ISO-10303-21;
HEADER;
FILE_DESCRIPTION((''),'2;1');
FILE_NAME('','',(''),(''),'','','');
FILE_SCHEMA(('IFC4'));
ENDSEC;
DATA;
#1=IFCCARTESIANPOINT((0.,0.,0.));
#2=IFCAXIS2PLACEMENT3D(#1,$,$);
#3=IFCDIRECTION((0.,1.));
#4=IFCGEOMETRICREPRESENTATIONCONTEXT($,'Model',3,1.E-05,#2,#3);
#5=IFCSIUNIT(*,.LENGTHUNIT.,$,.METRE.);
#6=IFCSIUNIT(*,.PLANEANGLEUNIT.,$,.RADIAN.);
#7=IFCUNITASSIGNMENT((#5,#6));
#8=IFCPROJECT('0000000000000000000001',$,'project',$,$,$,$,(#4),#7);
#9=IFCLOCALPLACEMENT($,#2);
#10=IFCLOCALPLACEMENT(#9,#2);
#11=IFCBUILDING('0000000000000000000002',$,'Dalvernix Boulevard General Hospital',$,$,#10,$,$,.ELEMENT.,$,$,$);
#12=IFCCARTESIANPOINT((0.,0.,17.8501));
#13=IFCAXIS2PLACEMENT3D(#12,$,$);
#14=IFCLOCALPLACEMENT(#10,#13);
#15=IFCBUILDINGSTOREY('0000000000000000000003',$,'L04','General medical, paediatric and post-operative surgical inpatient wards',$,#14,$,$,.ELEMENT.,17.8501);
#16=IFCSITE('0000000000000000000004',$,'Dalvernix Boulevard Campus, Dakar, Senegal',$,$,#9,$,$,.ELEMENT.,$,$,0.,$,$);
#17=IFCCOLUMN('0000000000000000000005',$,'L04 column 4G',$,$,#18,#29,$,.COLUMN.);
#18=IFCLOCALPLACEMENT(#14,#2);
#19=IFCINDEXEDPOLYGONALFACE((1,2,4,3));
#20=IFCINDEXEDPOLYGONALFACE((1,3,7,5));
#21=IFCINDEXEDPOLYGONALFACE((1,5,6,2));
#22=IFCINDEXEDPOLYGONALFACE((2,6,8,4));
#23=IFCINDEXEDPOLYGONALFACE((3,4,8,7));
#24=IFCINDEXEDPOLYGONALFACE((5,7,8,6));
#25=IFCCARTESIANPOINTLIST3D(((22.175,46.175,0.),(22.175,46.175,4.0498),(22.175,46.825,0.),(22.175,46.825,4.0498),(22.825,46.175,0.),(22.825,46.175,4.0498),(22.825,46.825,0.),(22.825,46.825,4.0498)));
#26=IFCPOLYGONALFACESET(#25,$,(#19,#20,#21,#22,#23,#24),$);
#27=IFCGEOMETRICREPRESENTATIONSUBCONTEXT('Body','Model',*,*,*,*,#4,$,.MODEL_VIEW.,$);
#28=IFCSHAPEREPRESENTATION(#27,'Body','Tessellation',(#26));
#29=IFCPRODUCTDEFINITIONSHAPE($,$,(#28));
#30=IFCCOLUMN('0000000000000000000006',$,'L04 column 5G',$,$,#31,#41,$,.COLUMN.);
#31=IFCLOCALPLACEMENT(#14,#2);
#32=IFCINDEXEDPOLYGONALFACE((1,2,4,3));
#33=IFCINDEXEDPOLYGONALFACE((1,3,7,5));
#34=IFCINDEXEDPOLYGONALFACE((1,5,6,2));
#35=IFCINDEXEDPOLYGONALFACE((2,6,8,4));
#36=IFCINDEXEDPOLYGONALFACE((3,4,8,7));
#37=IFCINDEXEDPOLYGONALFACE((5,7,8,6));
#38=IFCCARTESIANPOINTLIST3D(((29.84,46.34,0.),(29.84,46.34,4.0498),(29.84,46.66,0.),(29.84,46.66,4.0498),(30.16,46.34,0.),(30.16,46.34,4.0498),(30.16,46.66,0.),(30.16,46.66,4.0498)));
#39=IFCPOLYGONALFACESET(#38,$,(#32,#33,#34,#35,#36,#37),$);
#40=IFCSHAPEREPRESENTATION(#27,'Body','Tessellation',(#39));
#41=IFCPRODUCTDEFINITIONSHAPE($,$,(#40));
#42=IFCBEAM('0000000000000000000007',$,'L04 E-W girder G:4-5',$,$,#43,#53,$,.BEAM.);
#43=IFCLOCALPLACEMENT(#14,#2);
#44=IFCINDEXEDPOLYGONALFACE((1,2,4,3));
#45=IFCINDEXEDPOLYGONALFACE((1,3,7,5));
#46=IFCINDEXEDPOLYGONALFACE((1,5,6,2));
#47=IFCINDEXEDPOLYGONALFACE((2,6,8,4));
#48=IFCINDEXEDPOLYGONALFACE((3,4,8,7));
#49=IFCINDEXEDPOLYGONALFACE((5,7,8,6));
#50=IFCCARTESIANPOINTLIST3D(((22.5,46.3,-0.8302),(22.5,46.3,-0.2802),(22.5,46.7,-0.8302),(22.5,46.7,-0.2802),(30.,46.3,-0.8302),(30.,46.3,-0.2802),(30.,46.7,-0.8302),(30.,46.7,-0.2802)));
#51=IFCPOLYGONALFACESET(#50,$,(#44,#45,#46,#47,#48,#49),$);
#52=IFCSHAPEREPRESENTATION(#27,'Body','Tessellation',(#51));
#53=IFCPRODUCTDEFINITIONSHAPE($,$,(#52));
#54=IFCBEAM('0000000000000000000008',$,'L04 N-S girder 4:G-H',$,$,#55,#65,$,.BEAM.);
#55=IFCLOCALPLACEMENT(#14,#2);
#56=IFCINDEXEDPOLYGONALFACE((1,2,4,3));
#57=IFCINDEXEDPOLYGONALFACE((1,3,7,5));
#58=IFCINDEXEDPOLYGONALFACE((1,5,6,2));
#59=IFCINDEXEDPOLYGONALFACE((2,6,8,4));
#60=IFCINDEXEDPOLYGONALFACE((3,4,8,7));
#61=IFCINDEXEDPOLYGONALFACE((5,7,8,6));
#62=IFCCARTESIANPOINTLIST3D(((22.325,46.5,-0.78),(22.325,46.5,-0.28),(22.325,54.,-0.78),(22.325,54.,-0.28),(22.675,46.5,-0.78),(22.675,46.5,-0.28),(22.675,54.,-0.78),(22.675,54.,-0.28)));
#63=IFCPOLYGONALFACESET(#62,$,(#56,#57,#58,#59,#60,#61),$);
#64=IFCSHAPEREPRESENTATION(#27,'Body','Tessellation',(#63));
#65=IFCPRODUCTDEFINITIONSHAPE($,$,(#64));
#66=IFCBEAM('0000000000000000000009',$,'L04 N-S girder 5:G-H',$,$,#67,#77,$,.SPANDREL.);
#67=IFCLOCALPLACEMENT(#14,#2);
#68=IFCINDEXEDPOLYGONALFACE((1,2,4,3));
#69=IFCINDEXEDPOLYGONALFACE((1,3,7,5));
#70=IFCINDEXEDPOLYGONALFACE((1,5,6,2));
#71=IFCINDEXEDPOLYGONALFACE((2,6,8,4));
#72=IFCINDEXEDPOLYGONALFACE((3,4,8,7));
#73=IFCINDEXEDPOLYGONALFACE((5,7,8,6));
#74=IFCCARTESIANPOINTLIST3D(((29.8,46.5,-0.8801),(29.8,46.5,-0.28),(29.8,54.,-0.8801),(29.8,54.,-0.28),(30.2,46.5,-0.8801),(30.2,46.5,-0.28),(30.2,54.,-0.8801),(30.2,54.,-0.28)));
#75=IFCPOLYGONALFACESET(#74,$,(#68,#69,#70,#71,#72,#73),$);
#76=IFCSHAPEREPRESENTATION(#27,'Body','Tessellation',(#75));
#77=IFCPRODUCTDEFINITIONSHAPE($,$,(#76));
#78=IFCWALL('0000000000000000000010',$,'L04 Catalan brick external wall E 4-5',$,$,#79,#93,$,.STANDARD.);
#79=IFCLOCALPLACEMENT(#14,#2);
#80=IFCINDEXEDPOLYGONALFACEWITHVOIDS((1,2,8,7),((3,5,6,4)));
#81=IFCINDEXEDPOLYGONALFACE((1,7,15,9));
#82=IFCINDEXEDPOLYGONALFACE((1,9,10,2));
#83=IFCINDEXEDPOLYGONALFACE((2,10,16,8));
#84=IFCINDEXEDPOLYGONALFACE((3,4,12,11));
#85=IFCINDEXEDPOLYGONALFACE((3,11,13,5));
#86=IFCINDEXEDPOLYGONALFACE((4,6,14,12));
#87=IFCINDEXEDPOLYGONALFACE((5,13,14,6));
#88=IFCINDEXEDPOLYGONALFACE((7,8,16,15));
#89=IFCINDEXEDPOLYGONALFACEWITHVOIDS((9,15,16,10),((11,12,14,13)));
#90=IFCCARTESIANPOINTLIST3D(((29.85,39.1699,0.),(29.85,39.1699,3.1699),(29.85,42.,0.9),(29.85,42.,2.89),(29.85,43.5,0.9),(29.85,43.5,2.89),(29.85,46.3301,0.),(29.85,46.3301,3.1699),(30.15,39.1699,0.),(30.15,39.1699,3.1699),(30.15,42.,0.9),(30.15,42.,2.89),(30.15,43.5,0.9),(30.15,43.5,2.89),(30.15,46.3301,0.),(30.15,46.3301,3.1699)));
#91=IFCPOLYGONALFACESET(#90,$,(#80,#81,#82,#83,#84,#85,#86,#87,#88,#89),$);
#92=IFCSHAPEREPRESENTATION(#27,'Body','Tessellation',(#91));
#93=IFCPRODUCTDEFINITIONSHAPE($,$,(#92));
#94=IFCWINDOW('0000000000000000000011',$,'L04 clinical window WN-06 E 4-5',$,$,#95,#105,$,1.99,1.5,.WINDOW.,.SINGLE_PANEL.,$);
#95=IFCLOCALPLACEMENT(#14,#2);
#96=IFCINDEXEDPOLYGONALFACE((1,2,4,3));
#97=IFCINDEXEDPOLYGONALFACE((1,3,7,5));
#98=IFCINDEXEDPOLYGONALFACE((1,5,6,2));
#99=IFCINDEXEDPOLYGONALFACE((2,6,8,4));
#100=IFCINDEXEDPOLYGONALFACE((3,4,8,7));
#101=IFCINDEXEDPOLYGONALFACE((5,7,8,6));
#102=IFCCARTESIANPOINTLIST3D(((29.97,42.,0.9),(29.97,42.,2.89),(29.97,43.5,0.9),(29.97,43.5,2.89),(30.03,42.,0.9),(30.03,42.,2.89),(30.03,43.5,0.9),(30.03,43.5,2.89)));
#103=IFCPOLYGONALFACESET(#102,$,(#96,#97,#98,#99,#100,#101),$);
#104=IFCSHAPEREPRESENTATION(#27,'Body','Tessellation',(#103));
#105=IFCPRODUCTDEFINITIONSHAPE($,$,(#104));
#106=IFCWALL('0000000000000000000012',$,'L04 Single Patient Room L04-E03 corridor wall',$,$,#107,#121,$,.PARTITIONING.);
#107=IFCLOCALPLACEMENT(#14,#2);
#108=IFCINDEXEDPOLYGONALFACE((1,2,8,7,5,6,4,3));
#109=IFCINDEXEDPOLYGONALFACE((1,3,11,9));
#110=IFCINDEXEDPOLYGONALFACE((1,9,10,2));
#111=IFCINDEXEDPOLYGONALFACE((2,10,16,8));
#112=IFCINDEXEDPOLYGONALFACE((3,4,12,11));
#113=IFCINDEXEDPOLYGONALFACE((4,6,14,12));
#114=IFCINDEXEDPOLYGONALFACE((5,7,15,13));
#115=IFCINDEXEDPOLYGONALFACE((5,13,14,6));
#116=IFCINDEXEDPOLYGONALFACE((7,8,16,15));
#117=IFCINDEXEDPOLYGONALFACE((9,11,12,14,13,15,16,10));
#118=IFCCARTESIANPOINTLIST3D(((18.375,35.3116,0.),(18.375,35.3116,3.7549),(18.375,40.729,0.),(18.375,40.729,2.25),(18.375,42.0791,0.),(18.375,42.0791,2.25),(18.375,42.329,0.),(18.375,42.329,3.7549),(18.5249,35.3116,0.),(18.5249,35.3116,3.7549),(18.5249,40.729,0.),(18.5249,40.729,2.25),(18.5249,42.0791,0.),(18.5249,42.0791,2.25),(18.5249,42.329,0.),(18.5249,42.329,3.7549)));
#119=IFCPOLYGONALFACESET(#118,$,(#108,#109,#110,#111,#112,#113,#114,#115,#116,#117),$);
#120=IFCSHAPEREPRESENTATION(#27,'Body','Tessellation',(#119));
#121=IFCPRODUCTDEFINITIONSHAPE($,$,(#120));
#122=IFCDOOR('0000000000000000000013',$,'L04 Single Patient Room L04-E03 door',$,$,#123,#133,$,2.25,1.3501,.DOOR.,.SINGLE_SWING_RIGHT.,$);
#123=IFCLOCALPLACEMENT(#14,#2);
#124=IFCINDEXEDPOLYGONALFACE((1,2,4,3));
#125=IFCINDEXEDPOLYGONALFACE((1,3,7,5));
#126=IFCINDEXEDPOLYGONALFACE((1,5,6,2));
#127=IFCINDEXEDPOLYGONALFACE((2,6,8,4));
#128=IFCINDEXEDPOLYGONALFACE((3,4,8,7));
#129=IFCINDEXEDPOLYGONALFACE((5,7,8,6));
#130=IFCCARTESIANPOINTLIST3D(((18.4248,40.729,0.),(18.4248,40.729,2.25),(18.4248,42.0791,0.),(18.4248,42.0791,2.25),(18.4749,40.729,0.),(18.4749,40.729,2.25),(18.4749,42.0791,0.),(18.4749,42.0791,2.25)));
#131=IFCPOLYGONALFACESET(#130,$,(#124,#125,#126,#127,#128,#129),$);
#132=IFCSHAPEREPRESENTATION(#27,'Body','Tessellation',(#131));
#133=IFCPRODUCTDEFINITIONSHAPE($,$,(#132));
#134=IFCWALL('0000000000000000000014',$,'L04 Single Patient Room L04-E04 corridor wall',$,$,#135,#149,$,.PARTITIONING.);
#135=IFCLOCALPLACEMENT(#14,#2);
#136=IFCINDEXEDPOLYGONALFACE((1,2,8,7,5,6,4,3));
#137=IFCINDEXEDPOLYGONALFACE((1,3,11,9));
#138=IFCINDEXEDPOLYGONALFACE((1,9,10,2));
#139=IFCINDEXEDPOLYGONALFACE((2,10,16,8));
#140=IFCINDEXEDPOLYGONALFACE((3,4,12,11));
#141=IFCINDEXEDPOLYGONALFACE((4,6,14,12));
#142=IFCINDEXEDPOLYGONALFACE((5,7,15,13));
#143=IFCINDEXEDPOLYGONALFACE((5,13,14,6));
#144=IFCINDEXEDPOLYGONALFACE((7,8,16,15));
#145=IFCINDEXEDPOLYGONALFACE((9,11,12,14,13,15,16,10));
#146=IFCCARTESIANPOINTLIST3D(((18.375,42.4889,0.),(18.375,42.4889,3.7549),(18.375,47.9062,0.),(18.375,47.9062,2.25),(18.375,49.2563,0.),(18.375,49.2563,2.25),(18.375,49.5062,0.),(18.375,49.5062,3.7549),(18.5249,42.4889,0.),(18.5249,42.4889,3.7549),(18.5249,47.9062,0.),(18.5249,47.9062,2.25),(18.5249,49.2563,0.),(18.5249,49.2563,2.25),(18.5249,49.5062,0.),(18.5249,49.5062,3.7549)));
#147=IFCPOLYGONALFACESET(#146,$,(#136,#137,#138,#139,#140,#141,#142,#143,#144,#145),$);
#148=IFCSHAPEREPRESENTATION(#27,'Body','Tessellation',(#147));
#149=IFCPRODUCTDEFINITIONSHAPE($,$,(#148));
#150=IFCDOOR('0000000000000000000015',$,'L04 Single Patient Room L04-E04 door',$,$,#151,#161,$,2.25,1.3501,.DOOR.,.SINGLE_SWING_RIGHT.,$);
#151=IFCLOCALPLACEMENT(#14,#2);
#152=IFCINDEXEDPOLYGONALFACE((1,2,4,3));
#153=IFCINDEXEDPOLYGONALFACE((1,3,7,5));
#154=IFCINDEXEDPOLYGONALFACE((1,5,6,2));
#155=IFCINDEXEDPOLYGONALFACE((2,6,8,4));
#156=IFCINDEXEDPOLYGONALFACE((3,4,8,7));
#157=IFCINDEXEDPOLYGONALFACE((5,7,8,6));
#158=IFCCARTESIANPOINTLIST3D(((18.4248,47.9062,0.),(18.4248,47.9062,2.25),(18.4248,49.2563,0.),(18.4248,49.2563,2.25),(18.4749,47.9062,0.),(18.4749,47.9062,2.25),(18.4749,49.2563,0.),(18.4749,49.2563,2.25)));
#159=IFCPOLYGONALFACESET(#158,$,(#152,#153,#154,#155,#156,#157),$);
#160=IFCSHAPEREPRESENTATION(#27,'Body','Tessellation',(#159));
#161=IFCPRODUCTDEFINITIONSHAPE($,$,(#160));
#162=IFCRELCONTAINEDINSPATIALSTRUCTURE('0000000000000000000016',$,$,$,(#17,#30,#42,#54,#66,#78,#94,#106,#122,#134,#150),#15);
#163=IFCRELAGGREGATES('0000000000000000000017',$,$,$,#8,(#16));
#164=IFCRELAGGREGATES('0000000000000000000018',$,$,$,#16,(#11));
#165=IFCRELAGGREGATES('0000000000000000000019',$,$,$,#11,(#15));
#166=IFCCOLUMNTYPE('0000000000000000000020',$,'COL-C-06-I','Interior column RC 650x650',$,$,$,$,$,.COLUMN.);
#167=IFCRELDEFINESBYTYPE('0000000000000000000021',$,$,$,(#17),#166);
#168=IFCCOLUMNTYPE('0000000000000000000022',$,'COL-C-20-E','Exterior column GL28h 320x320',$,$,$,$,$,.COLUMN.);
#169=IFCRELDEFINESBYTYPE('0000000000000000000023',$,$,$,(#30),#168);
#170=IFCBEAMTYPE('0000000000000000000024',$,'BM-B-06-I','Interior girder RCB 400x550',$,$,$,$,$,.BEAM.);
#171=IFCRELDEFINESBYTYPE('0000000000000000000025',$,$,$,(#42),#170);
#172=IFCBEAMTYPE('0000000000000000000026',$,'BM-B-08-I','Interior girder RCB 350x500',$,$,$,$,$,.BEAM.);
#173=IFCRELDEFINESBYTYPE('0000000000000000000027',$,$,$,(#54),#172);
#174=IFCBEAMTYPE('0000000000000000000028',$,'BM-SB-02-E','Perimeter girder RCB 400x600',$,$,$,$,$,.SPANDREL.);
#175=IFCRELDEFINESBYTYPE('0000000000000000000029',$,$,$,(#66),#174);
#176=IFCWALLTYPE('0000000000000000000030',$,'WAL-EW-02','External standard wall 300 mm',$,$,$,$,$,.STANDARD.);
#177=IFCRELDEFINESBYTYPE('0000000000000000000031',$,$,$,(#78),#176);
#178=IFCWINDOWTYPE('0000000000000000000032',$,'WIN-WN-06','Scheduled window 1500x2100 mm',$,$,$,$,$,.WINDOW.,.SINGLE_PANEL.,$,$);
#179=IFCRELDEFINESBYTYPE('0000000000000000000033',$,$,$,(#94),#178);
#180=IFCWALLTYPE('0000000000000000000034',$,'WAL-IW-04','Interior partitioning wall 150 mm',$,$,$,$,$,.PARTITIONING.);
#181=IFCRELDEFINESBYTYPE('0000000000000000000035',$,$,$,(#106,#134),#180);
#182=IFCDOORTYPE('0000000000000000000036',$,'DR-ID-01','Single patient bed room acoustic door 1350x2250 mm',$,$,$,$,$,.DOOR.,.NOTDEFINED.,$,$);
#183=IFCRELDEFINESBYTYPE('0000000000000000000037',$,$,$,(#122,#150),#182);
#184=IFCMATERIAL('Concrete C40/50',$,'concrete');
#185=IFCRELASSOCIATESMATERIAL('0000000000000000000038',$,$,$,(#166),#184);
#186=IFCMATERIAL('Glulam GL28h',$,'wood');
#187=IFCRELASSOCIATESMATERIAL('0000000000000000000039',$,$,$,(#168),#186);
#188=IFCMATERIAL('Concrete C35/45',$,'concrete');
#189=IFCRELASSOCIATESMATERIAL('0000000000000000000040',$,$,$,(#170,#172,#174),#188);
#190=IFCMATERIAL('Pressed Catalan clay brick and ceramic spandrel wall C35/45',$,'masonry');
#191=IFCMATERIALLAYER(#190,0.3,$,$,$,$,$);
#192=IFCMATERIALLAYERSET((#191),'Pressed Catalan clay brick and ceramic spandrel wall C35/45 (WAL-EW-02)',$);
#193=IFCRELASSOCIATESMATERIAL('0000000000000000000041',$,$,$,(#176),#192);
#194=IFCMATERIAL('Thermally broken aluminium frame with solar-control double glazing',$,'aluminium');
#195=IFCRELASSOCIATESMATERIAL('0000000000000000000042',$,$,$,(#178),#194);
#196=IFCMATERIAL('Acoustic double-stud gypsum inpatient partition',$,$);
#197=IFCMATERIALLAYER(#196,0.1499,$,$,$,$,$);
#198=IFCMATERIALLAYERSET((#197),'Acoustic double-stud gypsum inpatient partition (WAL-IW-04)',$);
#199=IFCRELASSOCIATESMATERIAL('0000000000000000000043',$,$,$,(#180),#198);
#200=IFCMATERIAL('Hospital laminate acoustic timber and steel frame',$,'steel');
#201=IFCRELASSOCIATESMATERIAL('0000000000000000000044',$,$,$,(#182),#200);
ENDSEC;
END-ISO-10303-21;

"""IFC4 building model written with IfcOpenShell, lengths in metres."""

from ifc_helpers import new_model, si_unit, direction, frame, frame_2d, origin, origin_2d, place, context, subcontext, project, spatial, rectangle, extrude, material, layer, layer_set, material_profile, profile_set, type_object, element, fill, save


model = new_model("IFC4")

# Units and contexts
model_context = context("Model", 3, precision=1e-05, world=origin(), true_north=direction((0.0, 1.0)))
body_context = subcontext(model_context, "Body", "Model", "MODEL_VIEW")
ifc_project = project(units=[si_unit("LENGTHUNIT", "METRE"), si_unit("PLANEANGLEUNIT", "RADIAN")], contexts=[model_context])

# Site, building, storey
site_placement = place(None, origin())
site = spatial("IfcSite", under=ifc_project, at=site_placement, Name="Dalvernix Boulevard Campus, Dakar, Senegal", CompositionType="ELEMENT", RefElevation=0.0)
building_placement = place(site_placement, origin())
building = spatial("IfcBuilding", under=site, at=building_placement, Name="Dalvernix Boulevard General Hospital", CompositionType="ELEMENT")
storey_placement = place(building_placement, frame((0.0, 0.0, 17.8501)))
storey = spatial("IfcBuildingStorey", under=building, at=storey_placement, Name="L04", Description="General medical, paediatric and post-operative surgical inpatient wards", CompositionType="ELEMENT", Elevation=17.8501)

# Columns
ifc_material_1 = material(Name="Concrete C40/50", Category="concrete")
ifc_material_profile_1 = material_profile(ifc_material_1, rectangle(XDim=0.6499, YDim=0.6499, at=origin_2d()), Name="RC 650x650")
ifc_profile_set_1 = profile_set([ifc_material_profile_1], Name="Concrete C40/50")
column_type_1 = type_object("IfcColumnType", Name="COL-C-06-I", Description="Interior column RC 650x650", PredefinedType="COLUMN", material=ifc_profile_set_1)
column_1_placement = place(storey_placement, frame((22.5, 46.5, 0.0), z_axis=(0.0, 0.0, 1.0), x_axis=(1.0, 0.0, 0.0)))
element("IfcColumn", 1, at=column_1_placement, inside=storey, type_object=column_type_1, Name="L04 column 4G", PredefinedType="COLUMN", context=body_context, shape_type="SweptSolid", body=[
    extrude(rectangle(XDim=0.6499, YDim=0.6499, at=origin_2d()), origin(), (0.0, 0.0, 1.0), 4.0498),
])
ifc_material_2 = material(Name="Glulam GL28h", Category="wood")
ifc_material_profile_2 = material_profile(ifc_material_2, rectangle(XDim=0.3201, YDim=0.3201, at=origin_2d()), Name="GL28h 320x320")
ifc_profile_set_2 = profile_set([ifc_material_profile_2], Name="Glulam GL28h")
column_type_2 = type_object("IfcColumnType", Name="COL-C-20-E", Description="Exterior column GL28h 320x320", PredefinedType="COLUMN", material=ifc_profile_set_2)
column_2_placement = place(storey_placement, frame((30.0, 46.5, 0.0), z_axis=(0.0, 0.0, 1.0), x_axis=(1.0, 0.0, 0.0)))
element("IfcColumn", 2, at=column_2_placement, inside=storey, type_object=column_type_2, Name="L04 column 5G", PredefinedType="COLUMN", context=body_context, shape_type="SweptSolid", body=[
    extrude(rectangle(XDim=0.3201, YDim=0.3201, at=origin_2d()), origin(), (0.0, 0.0, 1.0), 4.0498),
])

# Beams
ifc_material_3 = material(Name="Concrete C35/45", Category="concrete")
ifc_material_profile_3 = material_profile(ifc_material_3, rectangle(XDim=0.3999, YDim=0.55, at=origin_2d()), Name="RCB 400x550")
ifc_profile_set_3 = profile_set([ifc_material_profile_3], Name="Concrete C35/45")
beam_type_1 = type_object("IfcBeamType", Name="BM-B-06-I", Description="Interior girder RCB 400x550", PredefinedType="BEAM", material=ifc_profile_set_3)
beam_1_placement = place(storey_placement, frame((22.5, 46.5, -0.5552), z_axis=(1.0, 0.0, 0.0), x_axis=(0.0, 1.0, 0.0)))
element("IfcBeam", 3, at=beam_1_placement, inside=storey, type_object=beam_type_1, Name="L04 E-W girder G:4-5", PredefinedType="BEAM", context=body_context, shape_type="SweptSolid", body=[
    extrude(rectangle(XDim=0.3999, YDim=0.55, at=origin_2d()), origin(), (0.0, 0.0, 1.0), 7.5),
])
ifc_material_profile_4 = material_profile(ifc_material_3, rectangle(XDim=0.3501, YDim=0.5, at=origin_2d()), Name="RCB 350x500")
ifc_profile_set_4 = profile_set([ifc_material_profile_4], Name="Concrete C35/45")
beam_type_2 = type_object("IfcBeamType", Name="BM-B-08-I", Description="Interior girder RCB 350x500", PredefinedType="BEAM", material=ifc_profile_set_4)
beam_2_placement = place(storey_placement, frame((22.5, 46.5, -0.53), z_axis=(0.0, 1.0, 0.0), x_axis=(-1.0, 0.0, 0.0)))
element("IfcBeam", 4, at=beam_2_placement, inside=storey, type_object=beam_type_2, Name="L04 N-S girder 4:G-H", PredefinedType="BEAM", context=body_context, shape_type="SweptSolid", body=[
    extrude(rectangle(XDim=0.3501, YDim=0.5, at=origin_2d()), origin(), (0.0, 0.0, 1.0), 7.5),
])
ifc_material_profile_5 = material_profile(ifc_material_3, rectangle(XDim=0.3999, YDim=0.6001, at=origin_2d()), Name="RCB 400x600")
ifc_profile_set_5 = profile_set([ifc_material_profile_5], Name="Concrete C35/45")
beam_type_3 = type_object("IfcBeamType", Name="BM-SB-02-E", Description="Perimeter girder RCB 400x600", PredefinedType="SPANDREL", material=ifc_profile_set_5)
beam_3_placement = place(storey_placement, frame((30.0, 46.5, -0.5801), z_axis=(0.0, 1.0, 0.0), x_axis=(-1.0, 0.0, 0.0)))
element("IfcBeam", 5, at=beam_3_placement, inside=storey, type_object=beam_type_3, Name="L04 N-S girder 5:G-H", PredefinedType="SPANDREL", context=body_context, shape_type="SweptSolid", body=[
    extrude(rectangle(XDim=0.3999, YDim=0.6001, at=origin_2d()), origin(), (0.0, 0.0, 1.0), 7.5),
])

# Wall, opening, window
ifc_material_4 = material(Name="Pressed Catalan clay brick and ceramic spandrel wall C35/45", Category="masonry")
ifc_layer_1 = layer(ifc_material_4, 0.3)
ifc_layer_set_1 = layer_set([ifc_layer_1], Name="Pressed Catalan clay brick and ceramic spandrel wall C35/45 (WAL-EW-02)")
wall_type_1 = type_object("IfcWallType", Name="WAL-EW-02", Description="External standard wall 300 mm", PredefinedType="STANDARD", material=ifc_layer_set_1)
wall_1_placement = place(storey_placement, frame((30.0, 46.3301, 0.0), z_axis=(0.0, 0.0, 1.0), x_axis=(0.0, -1.0, 0.0)))
wall_1 = element("IfcWall", 6, at=wall_1_placement, inside=storey, type_object=wall_type_1, Name="L04 Catalan brick external wall E 4-5", PredefinedType="STANDARD", context=body_context, shape_type="SweptSolid", body=[
    extrude(rectangle(XDim=7.1602, YDim=0.3, at=frame_2d((3.5801, 0.0))), origin(), (0.0, 0.0, 1.0), 3.1699),
])
opening_1_placement = place(wall_1_placement, frame((2.8301, 0.0, 0.8999)))
opening_1 = element("IfcOpeningElement", 7, at=opening_1_placement, cuts=wall_1, PredefinedType="OPENING", context=body_context, shape_type="SweptSolid", body=[
    extrude(rectangle(XDim=1.5, YDim=1.99, at=frame_2d((0.75, 0.9951))), frame((0.0, 0.1599, 0.0), z_axis=(0.0, -1.0, 0.0), x_axis=(1.0, 0.0, 0.0)), (0.0, 0.0, 1.0), 0.3201),
])
ifc_material_5 = material(Name="Thermally broken aluminium frame with solar-control double glazing", Category="aluminium")
window_type = type_object("IfcWindowType", Name="WIN-WN-06", Description="Scheduled window 1500x2100 mm", PartitioningType="SINGLE_PANEL", PredefinedType="WINDOW", material=ifc_material_5)
window_placement = place(opening_1_placement, origin())
window = element("IfcWindow", 8, at=window_placement, inside=storey, type_object=window_type, Name="L04 clinical window WN-06 E 4-5", OverallHeight=1.99, OverallWidth=1.5, PartitioningType="SINGLE_PANEL", PredefinedType="WINDOW", context=body_context, shape_type="SweptSolid", body=[
    extrude(rectangle(XDim=1.5, YDim=1.99, at=frame_2d((0.75, 0.9951))), frame((0.0, 0.03, 0.0), z_axis=(0.0, -1.0, 0.0), x_axis=(1.0, 0.0, 0.0)), (0.0, 0.0, 1.0), 0.0601),
])
fill(opening_1, window)

# Walls, openings, doors
ifc_material_6 = material(Name="Acoustic double-stud gypsum inpatient partition")
ifc_layer_2 = layer(ifc_material_6, 0.1499)
ifc_layer_set_2 = layer_set([ifc_layer_2], Name="Acoustic double-stud gypsum inpatient partition (WAL-IW-04)")
wall_type_2 = type_object("IfcWallType", Name="WAL-IW-04", Description="Interior partitioning wall 150 mm", PredefinedType="PARTITIONING", material=ifc_layer_set_2)
wall_2_placement = place(storey_placement, frame((18.45, 42.3291, 0.0), z_axis=(0.0, 0.0, 1.0), x_axis=(0.0, -1.0, 0.0)))
wall_2 = element("IfcWall", 9, at=wall_2_placement, inside=storey, type_object=wall_type_2, Name="L04 Single Patient Room L04-E03 corridor wall", PredefinedType="PARTITIONING", context=body_context, shape_type="SweptSolid", body=[
    extrude(rectangle(XDim=7.0173, YDim=0.1499, at=frame_2d((3.5088, 0.0))), origin(), (0.0, 0.0, 1.0), 3.7549),
])
opening_2_placement = place(wall_2_placement, frame((0.25, 0.0, 0.0)))
opening_2 = element("IfcOpeningElement", 10, at=opening_2_placement, cuts=wall_2, PredefinedType="OPENING", context=body_context, shape_type="SweptSolid", body=[
    extrude(rectangle(XDim=1.3501, YDim=2.25, at=frame_2d((0.675, 1.125))), frame((0.0, 0.085, 0.0), z_axis=(0.0, -1.0, 0.0), x_axis=(1.0, 0.0, 0.0)), (0.0, 0.0, 1.0), 0.1699),
])
ifc_material_7 = material(Name="Hospital laminate acoustic timber and steel frame", Category="steel")
door_type_1 = type_object("IfcDoorType", Name="DR-ID-01", Description="Single patient bed room acoustic door 1350x2250 mm", OperationType="NOTDEFINED", PredefinedType="DOOR", material=ifc_material_7)
door_1_placement = place(opening_2_placement, origin())
door_1 = element("IfcDoor", 11, at=door_1_placement, inside=storey, type_object=door_type_1, Name="L04 Single Patient Room L04-E03 door", OperationType="SINGLE_SWING_RIGHT", OverallHeight=2.25, OverallWidth=1.3501, PredefinedType="DOOR", context=body_context, shape_type="SweptSolid", body=[
    extrude(rectangle(XDim=1.3501, YDim=2.25, at=frame_2d((0.675, 1.125))), frame((0.0, 0.0249, 0.0), z_axis=(0.0, -1.0, 0.0), x_axis=(1.0, 0.0, 0.0)), (0.0, 0.0, 1.0), 0.05),
])
fill(opening_2, door_1)
wall_3_placement = place(storey_placement, frame((18.45, 49.5063, 0.0), z_axis=(0.0, 0.0, 1.0), x_axis=(0.0, -1.0, 0.0)))
wall_3 = element("IfcWall", 12, at=wall_3_placement, inside=storey, type_object=wall_type_2, Name="L04 Single Patient Room L04-E04 corridor wall", PredefinedType="PARTITIONING", context=body_context, shape_type="SweptSolid", body=[
    extrude(rectangle(XDim=7.0173, YDim=0.1499, at=frame_2d((3.5088, 0.0))), origin(), (0.0, 0.0, 1.0), 3.7549),
])
opening_3_placement = place(wall_3_placement, frame((0.25, 0.0, 0.0)))
opening_3 = element("IfcOpeningElement", 13, at=opening_3_placement, cuts=wall_3, PredefinedType="OPENING", context=body_context, shape_type="SweptSolid", body=[
    extrude(rectangle(XDim=1.3501, YDim=2.25, at=frame_2d((0.675, 1.125))), frame((0.0, 0.085, 0.0), z_axis=(0.0, -1.0, 0.0), x_axis=(1.0, 0.0, 0.0)), (0.0, 0.0, 1.0), 0.1699),
])
door_2_placement = place(opening_3_placement, origin())
door_2 = element("IfcDoor", 14, at=door_2_placement, inside=storey, type_object=door_type_1, Name="L04 Single Patient Room L04-E04 door", OperationType="SINGLE_SWING_RIGHT", OverallHeight=2.25, OverallWidth=1.3501, PredefinedType="DOOR", context=body_context, shape_type="SweptSolid", body=[
    extrude(rectangle(XDim=1.3501, YDim=2.25, at=frame_2d((0.675, 1.125))), frame((0.0, 0.0249, 0.0), z_axis=(0.0, -1.0, 0.0), x_axis=(1.0, 0.0, 0.0)), (0.0, 0.0, 1.0), 0.05),
])
fill(opening_3, door_2)

save(model, "model.ifc")
